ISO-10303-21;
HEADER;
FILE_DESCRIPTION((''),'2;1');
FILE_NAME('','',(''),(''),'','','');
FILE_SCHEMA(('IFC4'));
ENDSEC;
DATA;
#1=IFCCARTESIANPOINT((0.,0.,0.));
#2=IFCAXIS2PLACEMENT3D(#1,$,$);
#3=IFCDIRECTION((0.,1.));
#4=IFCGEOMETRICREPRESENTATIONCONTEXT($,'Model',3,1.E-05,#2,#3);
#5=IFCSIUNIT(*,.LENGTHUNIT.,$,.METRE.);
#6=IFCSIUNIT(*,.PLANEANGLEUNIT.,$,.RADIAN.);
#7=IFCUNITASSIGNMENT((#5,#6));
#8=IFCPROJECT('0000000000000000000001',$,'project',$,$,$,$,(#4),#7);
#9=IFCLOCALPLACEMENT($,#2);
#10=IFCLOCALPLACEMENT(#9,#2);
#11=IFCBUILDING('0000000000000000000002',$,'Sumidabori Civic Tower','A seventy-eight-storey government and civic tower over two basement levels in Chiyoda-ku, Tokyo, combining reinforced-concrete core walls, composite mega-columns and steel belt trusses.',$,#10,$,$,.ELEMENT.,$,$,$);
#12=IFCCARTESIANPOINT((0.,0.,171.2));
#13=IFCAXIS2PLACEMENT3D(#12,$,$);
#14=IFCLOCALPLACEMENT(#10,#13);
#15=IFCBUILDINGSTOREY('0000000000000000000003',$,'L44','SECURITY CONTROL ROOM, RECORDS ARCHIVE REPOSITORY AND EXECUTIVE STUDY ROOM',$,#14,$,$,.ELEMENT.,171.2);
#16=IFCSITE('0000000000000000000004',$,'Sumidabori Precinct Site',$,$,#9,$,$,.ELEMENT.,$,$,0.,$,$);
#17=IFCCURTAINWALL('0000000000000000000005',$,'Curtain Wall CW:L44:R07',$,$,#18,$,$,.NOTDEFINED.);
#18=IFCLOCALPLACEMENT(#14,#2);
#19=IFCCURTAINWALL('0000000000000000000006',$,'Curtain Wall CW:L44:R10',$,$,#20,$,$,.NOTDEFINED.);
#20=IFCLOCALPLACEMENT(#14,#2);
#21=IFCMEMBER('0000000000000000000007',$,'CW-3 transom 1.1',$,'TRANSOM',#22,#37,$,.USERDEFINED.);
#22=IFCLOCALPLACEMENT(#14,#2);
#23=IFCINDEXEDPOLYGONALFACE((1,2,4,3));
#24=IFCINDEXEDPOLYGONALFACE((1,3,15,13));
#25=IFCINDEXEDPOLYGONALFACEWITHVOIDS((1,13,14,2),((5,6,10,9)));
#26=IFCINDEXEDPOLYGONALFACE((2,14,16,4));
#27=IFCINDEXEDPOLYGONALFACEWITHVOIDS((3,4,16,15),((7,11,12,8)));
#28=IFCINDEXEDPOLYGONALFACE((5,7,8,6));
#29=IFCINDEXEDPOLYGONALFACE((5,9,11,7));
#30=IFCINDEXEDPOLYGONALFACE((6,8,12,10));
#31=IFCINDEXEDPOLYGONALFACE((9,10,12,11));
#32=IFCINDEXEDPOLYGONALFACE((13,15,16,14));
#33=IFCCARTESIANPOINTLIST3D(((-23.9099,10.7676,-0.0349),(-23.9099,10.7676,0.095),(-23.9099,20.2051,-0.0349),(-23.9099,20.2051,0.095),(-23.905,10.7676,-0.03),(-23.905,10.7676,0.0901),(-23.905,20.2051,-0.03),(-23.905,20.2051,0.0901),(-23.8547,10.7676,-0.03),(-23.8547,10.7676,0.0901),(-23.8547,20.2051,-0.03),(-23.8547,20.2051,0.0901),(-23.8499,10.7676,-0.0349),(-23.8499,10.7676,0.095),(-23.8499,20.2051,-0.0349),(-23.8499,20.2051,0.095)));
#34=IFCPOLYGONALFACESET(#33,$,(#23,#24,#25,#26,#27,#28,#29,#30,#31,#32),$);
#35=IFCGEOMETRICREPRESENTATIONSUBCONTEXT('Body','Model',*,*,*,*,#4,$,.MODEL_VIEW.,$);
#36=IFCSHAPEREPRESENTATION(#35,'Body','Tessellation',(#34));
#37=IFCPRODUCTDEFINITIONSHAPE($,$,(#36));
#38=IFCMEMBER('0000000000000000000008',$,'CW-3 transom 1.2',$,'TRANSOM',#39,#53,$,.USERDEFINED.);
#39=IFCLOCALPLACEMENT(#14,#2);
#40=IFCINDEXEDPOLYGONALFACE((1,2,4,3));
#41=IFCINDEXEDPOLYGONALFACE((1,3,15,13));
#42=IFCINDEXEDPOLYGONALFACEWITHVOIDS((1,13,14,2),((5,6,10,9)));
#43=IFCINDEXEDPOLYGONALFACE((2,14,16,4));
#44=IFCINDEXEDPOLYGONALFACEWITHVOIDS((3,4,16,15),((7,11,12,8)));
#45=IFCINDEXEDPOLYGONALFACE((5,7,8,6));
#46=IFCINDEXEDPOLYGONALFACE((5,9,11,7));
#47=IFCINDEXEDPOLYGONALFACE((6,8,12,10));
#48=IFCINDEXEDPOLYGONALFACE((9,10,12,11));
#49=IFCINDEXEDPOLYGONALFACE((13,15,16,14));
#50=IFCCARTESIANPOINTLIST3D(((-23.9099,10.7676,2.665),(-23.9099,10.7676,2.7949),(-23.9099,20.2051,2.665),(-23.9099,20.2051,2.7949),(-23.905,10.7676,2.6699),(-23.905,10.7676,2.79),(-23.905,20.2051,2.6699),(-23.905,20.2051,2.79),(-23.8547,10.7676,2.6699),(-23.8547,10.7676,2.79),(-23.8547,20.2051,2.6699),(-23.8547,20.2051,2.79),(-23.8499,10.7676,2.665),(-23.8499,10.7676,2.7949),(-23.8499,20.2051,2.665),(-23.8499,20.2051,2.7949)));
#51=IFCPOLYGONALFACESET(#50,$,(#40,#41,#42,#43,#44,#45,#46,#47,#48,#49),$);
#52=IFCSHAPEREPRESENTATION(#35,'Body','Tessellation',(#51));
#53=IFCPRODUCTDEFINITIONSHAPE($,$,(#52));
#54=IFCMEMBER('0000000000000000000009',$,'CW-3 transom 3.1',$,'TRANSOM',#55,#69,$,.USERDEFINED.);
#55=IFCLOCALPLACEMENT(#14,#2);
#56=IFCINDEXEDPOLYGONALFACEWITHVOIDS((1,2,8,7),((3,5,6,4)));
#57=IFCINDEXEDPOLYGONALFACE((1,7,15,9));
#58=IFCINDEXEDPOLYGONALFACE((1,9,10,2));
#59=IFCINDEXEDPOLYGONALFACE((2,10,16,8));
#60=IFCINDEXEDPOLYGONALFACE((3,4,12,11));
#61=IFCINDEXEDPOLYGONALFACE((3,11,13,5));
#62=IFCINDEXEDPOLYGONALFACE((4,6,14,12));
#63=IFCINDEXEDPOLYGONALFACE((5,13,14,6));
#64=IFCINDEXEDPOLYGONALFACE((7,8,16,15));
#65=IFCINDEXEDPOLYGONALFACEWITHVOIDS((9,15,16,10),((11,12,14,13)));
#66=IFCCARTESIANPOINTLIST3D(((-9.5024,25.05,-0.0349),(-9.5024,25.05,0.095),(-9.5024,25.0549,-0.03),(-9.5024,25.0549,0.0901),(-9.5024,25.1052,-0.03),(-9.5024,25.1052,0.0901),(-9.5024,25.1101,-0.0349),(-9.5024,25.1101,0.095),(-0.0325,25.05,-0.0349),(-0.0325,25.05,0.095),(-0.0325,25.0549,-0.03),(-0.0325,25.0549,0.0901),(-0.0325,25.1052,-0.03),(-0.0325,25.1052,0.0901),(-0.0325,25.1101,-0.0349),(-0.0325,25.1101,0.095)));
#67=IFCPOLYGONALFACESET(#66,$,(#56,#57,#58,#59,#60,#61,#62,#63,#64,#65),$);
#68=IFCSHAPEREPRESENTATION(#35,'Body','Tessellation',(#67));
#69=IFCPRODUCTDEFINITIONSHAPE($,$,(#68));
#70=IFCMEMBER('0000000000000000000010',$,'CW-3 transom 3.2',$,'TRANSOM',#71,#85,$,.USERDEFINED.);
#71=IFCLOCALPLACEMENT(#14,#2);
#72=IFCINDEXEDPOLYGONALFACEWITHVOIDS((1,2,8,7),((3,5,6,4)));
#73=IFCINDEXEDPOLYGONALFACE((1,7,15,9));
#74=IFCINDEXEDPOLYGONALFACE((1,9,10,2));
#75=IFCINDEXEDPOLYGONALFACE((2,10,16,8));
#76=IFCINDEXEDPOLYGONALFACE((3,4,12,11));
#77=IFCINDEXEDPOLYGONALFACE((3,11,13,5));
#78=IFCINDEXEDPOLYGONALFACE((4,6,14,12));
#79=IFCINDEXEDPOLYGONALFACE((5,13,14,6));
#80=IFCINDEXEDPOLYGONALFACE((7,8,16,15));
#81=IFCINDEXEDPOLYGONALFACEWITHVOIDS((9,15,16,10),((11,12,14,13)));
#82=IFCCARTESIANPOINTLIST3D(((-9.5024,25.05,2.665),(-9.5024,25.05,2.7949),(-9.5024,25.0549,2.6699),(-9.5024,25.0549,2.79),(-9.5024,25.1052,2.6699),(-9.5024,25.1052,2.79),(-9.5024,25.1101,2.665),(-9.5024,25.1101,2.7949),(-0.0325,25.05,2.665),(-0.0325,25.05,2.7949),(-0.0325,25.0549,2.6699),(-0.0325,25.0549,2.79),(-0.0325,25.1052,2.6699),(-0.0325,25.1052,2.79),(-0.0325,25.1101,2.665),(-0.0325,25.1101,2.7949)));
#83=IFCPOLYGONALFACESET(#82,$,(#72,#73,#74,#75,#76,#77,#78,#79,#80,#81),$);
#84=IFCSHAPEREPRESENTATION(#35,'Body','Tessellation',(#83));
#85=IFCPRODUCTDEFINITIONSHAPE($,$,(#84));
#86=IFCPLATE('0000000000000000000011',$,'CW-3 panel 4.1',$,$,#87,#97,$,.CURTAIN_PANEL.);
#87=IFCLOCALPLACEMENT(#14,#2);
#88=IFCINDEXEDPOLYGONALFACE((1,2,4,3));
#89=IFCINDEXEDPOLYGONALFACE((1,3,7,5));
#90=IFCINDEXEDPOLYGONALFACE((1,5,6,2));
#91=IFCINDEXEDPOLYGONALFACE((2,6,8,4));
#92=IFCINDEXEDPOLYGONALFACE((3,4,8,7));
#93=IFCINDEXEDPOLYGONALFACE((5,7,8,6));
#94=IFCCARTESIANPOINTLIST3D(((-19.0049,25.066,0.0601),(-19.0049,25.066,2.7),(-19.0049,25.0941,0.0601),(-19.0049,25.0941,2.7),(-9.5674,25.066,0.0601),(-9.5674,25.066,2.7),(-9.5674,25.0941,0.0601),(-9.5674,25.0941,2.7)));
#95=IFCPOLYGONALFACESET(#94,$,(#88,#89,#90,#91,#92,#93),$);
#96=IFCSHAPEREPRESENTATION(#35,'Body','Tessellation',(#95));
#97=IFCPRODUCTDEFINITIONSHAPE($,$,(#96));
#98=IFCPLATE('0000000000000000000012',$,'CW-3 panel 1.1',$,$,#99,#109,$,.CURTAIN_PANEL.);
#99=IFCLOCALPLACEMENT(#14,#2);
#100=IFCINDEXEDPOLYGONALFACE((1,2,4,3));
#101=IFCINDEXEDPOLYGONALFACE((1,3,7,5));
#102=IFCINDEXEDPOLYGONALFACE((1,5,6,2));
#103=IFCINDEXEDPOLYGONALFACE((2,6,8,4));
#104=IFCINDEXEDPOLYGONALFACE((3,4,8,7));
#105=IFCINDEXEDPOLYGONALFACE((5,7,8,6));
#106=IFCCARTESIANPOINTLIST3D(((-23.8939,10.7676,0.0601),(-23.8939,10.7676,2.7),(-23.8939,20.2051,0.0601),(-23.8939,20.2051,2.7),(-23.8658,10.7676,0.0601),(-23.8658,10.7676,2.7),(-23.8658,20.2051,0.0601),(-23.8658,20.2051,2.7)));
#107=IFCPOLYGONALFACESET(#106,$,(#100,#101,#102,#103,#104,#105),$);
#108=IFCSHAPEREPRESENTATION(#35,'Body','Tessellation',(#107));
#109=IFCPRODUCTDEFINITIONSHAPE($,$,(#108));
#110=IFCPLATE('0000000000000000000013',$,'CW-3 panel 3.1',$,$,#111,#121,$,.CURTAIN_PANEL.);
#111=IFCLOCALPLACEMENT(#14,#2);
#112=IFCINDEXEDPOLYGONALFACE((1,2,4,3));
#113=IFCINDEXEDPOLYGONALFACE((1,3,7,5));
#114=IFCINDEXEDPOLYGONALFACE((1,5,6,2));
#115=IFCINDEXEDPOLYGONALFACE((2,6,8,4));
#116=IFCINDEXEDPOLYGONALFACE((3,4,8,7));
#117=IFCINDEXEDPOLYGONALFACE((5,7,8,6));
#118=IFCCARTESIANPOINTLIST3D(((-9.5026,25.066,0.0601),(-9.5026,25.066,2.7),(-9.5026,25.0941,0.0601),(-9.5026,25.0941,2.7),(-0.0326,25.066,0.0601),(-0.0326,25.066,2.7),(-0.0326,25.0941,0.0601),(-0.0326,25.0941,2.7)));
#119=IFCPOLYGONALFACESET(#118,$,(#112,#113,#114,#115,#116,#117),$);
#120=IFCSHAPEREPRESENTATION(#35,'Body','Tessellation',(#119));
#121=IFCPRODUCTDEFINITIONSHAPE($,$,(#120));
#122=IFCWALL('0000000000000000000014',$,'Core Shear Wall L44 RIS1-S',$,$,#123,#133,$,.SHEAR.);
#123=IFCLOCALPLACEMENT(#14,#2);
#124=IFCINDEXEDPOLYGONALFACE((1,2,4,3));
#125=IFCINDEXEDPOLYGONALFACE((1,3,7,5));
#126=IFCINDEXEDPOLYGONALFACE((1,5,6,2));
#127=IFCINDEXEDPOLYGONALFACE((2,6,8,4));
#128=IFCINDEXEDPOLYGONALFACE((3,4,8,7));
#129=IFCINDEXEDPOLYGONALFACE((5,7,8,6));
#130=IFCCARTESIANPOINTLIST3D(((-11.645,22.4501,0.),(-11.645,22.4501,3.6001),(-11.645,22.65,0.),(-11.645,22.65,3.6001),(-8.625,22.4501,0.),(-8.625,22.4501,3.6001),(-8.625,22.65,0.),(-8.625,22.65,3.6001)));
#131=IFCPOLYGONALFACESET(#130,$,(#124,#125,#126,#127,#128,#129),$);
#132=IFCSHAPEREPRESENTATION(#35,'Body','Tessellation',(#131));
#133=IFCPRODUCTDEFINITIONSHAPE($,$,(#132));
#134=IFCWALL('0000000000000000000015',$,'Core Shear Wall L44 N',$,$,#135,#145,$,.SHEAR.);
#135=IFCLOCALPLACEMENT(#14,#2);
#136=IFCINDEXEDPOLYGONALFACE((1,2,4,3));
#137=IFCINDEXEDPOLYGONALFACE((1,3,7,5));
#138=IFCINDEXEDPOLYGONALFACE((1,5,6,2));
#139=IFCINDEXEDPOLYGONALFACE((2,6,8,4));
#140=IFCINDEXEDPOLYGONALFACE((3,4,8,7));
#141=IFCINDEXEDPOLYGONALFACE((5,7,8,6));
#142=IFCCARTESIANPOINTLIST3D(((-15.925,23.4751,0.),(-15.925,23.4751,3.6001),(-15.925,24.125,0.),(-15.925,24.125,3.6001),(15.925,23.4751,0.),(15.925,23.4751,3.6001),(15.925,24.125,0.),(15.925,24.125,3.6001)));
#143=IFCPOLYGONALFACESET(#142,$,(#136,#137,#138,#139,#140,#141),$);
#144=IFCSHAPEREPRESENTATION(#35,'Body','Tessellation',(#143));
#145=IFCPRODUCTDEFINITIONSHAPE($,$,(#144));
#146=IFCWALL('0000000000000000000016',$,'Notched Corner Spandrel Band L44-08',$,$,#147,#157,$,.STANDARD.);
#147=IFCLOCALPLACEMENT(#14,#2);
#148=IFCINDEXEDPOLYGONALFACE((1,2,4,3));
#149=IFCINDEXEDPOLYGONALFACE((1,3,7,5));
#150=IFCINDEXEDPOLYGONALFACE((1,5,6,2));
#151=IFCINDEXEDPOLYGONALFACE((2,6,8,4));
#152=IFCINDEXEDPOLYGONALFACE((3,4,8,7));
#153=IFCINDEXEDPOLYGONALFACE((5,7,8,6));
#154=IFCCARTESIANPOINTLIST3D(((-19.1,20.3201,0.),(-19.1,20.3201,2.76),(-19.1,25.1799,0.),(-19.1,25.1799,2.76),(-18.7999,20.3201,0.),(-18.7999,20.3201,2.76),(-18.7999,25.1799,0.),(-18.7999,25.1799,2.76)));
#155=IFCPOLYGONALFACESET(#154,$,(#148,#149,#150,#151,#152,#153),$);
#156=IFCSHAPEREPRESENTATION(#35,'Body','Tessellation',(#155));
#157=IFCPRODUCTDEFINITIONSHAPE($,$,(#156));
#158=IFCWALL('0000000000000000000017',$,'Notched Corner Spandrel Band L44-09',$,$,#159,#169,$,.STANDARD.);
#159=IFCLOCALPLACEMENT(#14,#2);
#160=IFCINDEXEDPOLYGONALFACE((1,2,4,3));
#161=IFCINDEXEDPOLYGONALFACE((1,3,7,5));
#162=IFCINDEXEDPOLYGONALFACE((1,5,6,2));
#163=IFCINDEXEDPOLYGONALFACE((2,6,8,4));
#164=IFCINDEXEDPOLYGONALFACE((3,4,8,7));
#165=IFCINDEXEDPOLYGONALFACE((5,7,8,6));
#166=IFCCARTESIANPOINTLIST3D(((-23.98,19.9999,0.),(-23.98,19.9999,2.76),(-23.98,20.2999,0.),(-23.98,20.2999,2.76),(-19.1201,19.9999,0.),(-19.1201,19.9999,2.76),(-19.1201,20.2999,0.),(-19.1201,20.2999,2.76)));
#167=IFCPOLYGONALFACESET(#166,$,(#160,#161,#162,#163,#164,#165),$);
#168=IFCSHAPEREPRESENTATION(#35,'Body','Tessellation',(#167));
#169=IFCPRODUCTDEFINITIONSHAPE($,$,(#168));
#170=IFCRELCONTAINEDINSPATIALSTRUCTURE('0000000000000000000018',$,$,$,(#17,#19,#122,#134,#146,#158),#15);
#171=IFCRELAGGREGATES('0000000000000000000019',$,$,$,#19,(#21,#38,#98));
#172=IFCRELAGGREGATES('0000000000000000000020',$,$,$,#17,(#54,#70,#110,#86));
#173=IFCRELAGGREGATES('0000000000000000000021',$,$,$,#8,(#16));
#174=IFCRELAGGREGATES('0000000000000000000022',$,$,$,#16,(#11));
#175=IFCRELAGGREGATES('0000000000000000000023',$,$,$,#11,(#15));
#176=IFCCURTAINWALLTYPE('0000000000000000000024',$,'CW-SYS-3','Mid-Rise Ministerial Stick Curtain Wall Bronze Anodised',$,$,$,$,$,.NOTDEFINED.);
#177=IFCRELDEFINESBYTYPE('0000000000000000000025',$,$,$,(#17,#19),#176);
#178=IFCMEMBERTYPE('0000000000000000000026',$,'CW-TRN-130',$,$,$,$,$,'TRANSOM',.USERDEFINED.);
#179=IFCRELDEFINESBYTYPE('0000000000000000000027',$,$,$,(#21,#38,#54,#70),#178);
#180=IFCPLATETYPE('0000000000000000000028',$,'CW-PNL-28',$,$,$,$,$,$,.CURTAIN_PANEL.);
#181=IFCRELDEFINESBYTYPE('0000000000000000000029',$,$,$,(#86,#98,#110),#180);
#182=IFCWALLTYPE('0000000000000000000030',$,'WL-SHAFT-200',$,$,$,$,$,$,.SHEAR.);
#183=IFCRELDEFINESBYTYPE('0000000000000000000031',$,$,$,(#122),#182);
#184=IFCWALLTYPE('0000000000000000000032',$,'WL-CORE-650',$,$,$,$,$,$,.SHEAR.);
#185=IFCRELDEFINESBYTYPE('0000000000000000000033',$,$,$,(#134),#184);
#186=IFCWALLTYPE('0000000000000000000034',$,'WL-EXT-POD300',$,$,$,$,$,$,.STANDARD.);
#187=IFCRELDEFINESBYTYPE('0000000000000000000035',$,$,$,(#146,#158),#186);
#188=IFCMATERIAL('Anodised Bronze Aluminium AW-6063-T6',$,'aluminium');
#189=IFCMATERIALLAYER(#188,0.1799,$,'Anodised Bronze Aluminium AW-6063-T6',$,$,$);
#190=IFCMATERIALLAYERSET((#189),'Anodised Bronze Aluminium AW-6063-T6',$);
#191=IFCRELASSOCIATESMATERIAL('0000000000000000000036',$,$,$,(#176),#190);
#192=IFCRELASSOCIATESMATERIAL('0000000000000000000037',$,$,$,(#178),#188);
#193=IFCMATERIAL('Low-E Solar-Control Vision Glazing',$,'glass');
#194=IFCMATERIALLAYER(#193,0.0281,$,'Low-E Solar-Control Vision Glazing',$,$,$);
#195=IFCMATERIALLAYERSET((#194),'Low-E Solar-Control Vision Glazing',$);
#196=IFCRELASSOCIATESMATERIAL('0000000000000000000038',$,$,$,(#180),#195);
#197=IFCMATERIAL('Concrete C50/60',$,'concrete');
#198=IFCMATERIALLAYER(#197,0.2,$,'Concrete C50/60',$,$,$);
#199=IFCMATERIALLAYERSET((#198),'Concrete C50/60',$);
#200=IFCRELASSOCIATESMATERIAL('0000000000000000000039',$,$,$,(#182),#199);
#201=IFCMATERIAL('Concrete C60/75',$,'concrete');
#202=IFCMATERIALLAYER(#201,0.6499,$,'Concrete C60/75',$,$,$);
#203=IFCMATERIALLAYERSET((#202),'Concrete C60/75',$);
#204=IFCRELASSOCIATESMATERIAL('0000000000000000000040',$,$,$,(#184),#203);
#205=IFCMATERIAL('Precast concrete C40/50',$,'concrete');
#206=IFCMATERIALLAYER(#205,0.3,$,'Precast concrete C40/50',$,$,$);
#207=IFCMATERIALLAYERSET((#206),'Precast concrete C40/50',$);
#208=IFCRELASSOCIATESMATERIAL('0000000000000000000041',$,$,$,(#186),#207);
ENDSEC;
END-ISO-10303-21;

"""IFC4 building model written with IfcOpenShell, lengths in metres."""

from ifc_helpers import new_model, si_unit, direction, frame, frame_2d, origin, origin_2d, place, context, subcontext, project, spatial, rectangle, hollow_rectangle, extrude, source, transform, mapped, material, layer, layer_set, material_profile, profile_set, type_object, element, aggregate, save


model = new_model("IFC4")

# Units and contexts
model_context = context("Model", 3, precision=1e-05, world=origin(), true_north=direction((0.0, 1.0)))
body_context = subcontext(model_context, "Body", "Model", "MODEL_VIEW")
ifc_project = project(units=[si_unit("LENGTHUNIT", "METRE"), si_unit("PLANEANGLEUNIT", "RADIAN")], contexts=[model_context])

# Site, building, storey
site_placement = place(None, origin())
site = spatial("IfcSite", under=ifc_project, at=site_placement, Name="Sumidabori Precinct Site", CompositionType="ELEMENT", RefElevation=0.0)
building_placement = place(site_placement, origin())
building = spatial("IfcBuilding", under=site, at=building_placement, Name="Sumidabori Civic Tower", Description="A seventy-eight-storey government and civic tower over two basement levels in Chiyoda-ku, Tokyo, combining reinforced-concrete core walls, composite mega-columns and steel belt trusses.", CompositionType="ELEMENT")
storey_placement = place(building_placement, frame((0.0, 0.0, 171.2)))
storey = spatial("IfcBuildingStorey", under=building, at=storey_placement, Name="L44", Description="SECURITY CONTROL ROOM, RECORDS ARCHIVE REPOSITORY AND EXECUTIVE STUDY ROOM", CompositionType="ELEMENT", Elevation=171.2)

# Shared definitions
ifc_material_1 = material(Name="Concrete C60/75", Category="concrete")

# Curtain wall
ifc_material_2 = material(Name="Anodised Bronze Aluminium AW-6063-T6", Category="aluminium")
ifc_layer_1 = layer(ifc_material_2, 0.1799, Name="Anodised Bronze Aluminium AW-6063-T6")
ifc_layer_set_1 = layer_set([ifc_layer_1], Name="Anodised Bronze Aluminium AW-6063-T6")
curtain_wall_type = type_object("IfcCurtainWallType", Name="CW-SYS-3", Description="Mid-Rise Ministerial Stick Curtain Wall Bronze Anodised", PredefinedType="NOTDEFINED", material=ifc_layer_set_1)
curtain_wall_1_placement = place(storey_placement, origin())
curtain_wall_1 = element("IfcCurtainWall", 1, at=curtain_wall_1_placement, inside=storey, type_object=curtain_wall_type, Name="Curtain Wall CW:L44:R07", PredefinedType="NOTDEFINED")

# Curtain wall
curtain_wall_2_placement = place(storey_placement, origin())
curtain_wall_2 = element("IfcCurtainWall", 2, at=curtain_wall_2_placement, inside=storey, type_object=curtain_wall_type, Name="Curtain Wall CW:L44:R10", PredefinedType="NOTDEFINED")

# Members
ifc_material_profile_1 = material_profile(ifc_material_2, hollow_rectangle(XDim=0.0601, YDim=0.1299, WallThickness=0.0049, at=origin_2d()), Name="ALU TRANSOM 130x60")
ifc_profile_set_1 = profile_set([ifc_material_profile_1], Name="Anodised Bronze Aluminium AW-6063-T6")
member_type_1 = type_object("IfcMemberType", Name="CW-TRN-130", ElementType="TRANSOM", PredefinedType="USERDEFINED", material=ifc_profile_set_1)
shared_shape_1 = source(origin(), body_context, "Body", "SweptSolid", [
    extrude(hollow_rectangle(XDim=0.0601, YDim=0.1299, WallThickness=0.0049, at=origin_2d()), origin(), (0.0, 0.0, 1.0), 9.4375),
])
member_1_placement = place(storey_placement, frame((-23.8799, 20.2051, 0.03), z_axis=(0.0, -1.0, 0.0), x_axis=(1.0, 0.0, 0.0)))
member_1 = element("IfcMember", 3, at=member_1_placement, type_object=member_type_1, Name="CW-3 transom 1.1", ObjectType="TRANSOM", PredefinedType="USERDEFINED", context=body_context, shape_type="MappedRepresentation", body=[
    mapped(shared_shape_1, transform((0.0, 0.0, 0.0), x_axis=(1.0, 0.0, 0.0), y_axis=(0.0, 1.0, 0.0), z_axis=(0.0, 0.0, 1.0), scale=1.0)),
])
member_2_placement = place(storey_placement, frame((-23.8799, 20.2051, 2.73), z_axis=(0.0, -1.0, 0.0), x_axis=(1.0, 0.0, 0.0)))
member_2 = element("IfcMember", 4, at=member_2_placement, type_object=member_type_1, Name="CW-3 transom 1.2", ObjectType="TRANSOM", PredefinedType="USERDEFINED", context=body_context, shape_type="MappedRepresentation", body=[
    mapped(shared_shape_1, transform((0.0, 0.0, 0.0), x_axis=(1.0, 0.0, 0.0), y_axis=(0.0, 1.0, 0.0), z_axis=(0.0, 0.0, 1.0), scale=1.0)),
])
shared_shape_2 = source(origin(), body_context, "Body", "SweptSolid", [
    extrude(hollow_rectangle(XDim=0.0601, YDim=0.1299, WallThickness=0.0049, at=origin_2d()), origin(), (0.0, 0.0, 1.0), 9.47),
])
member_3_placement = place(storey_placement, frame((-0.0325, 25.0801, 0.03), z_axis=(-1.0, 0.0, 0.0), x_axis=(0.0, -1.0, 0.0)))
member_3 = element("IfcMember", 5, at=member_3_placement, type_object=member_type_1, Name="CW-3 transom 3.1", ObjectType="TRANSOM", PredefinedType="USERDEFINED", context=body_context, shape_type="MappedRepresentation", body=[
    mapped(shared_shape_2, transform((0.0, 0.0, 0.0), x_axis=(1.0, 0.0, 0.0), y_axis=(0.0, 1.0, 0.0), z_axis=(0.0, 0.0, 1.0), scale=1.0)),
])
member_4_placement = place(storey_placement, frame((-0.0325, 25.0801, 2.73), z_axis=(-1.0, 0.0, 0.0), x_axis=(0.0, -1.0, 0.0)))
member_4 = element("IfcMember", 6, at=member_4_placement, type_object=member_type_1, Name="CW-3 transom 3.2", ObjectType="TRANSOM", PredefinedType="USERDEFINED", context=body_context, shape_type="MappedRepresentation", body=[
    mapped(shared_shape_2, transform((0.0, 0.0, 0.0), x_axis=(1.0, 0.0, 0.0), y_axis=(0.0, 1.0, 0.0), z_axis=(0.0, 0.0, 1.0), scale=1.0)),
])

# Plates
ifc_material_3 = material(Name="Low-E Solar-Control Vision Glazing", Category="glass")
ifc_layer_2 = layer(ifc_material_3, 0.0281, Name="Low-E Solar-Control Vision Glazing")
ifc_layer_set_2 = layer_set([ifc_layer_2], Name="Low-E Solar-Control Vision Glazing")
plate_type = type_object("IfcPlateType", Name="CW-PNL-28", PredefinedType="CURTAIN_PANEL", material=ifc_layer_set_2)
shared_shape_3 = source(origin(), body_context, "Body", "SweptSolid", [
    extrude(rectangle(XDim=9.4375, YDim=0.0281, at=origin_2d()), origin(), (0.0, 0.0, 1.0), 2.6399),
])
plate_1_placement = place(storey_placement, frame((-14.2861, 25.0801, 0.0601), z_axis=(0.0, 0.0, 1.0), x_axis=(-1.0, 0.0, 0.0)))
plate_1 = element("IfcPlate", 7, at=plate_1_placement, type_object=plate_type, Name="CW-3 panel 4.1", PredefinedType="CURTAIN_PANEL", context=body_context, shape_type="MappedRepresentation", body=[
    mapped(shared_shape_3, transform((0.0, 0.0, 0.0), x_axis=(1.0, 0.0, 0.0), y_axis=(0.0, 1.0, 0.0), z_axis=(0.0, 0.0, 1.0), scale=1.0)),
])
plate_2_placement = place(storey_placement, frame((-23.8799, 15.4863, 0.0601), z_axis=(0.0, 0.0, 1.0), x_axis=(0.0, -1.0, 0.0)))
plate_2 = element("IfcPlate", 8, at=plate_2_placement, type_object=plate_type, Name="CW-3 panel 1.1", PredefinedType="CURTAIN_PANEL", context=body_context, shape_type="MappedRepresentation", body=[
    mapped(shared_shape_3, transform((0.0, 0.0, 0.0), x_axis=(1.0, 0.0, 0.0), y_axis=(0.0, 1.0, 0.0), z_axis=(0.0, 0.0, 1.0), scale=1.0)),
])
aggregate(curtain_wall_2, [member_1, member_2, plate_2])
shared_shape_4 = source(origin(), body_context, "Body", "SweptSolid", [
    extrude(rectangle(XDim=9.47, YDim=0.0281, at=origin_2d()), origin(), (0.0, 0.0, 1.0), 2.6399),
])
plate_3_placement = place(storey_placement, frame((-4.7676, 25.0801, 0.0601), z_axis=(0.0, 0.0, 1.0), x_axis=(-1.0, 0.0, 0.0)))
plate_3 = element("IfcPlate", 9, at=plate_3_placement, type_object=plate_type, Name="CW-3 panel 3.1", PredefinedType="CURTAIN_PANEL", context=body_context, shape_type="MappedRepresentation", body=[
    mapped(shared_shape_4, transform((0.0, 0.0, 0.0), x_axis=(1.0, 0.0, 0.0), y_axis=(0.0, 1.0, 0.0), z_axis=(0.0, 0.0, 1.0), scale=1.0)),
])
aggregate(curtain_wall_1, [member_3, member_4, plate_3, plate_1])

# Walls
ifc_material_4 = material(Name="Concrete C50/60", Category="concrete")
ifc_layer_3 = layer(ifc_material_4, 0.2, Name="Concrete C50/60")
ifc_layer_set_3 = layer_set([ifc_layer_3], Name="Concrete C50/60")
wall_type_1 = type_object("IfcWallType", Name="WL-SHAFT-200", PredefinedType="SHEAR", material=ifc_layer_set_3)
shared_shape_5 = source(origin(), body_context, "Body", "SweptSolid", [
    extrude(rectangle(XDim=3.02, YDim=0.2, at=frame_2d((1.51, 0.0))), origin(), (0.0, 0.0, 1.0), 3.6001),
])
wall_1_placement = place(storey_placement, frame((-11.645, 22.55, 0.0), z_axis=(0.0, 0.0, 1.0), x_axis=(1.0, 0.0, 0.0)))
element("IfcWall", 10, at=wall_1_placement, inside=storey, type_object=wall_type_1, Name="Core Shear Wall L44 RIS1-S", PredefinedType="SHEAR", context=body_context, shape_type="MappedRepresentation", body=[
    mapped(shared_shape_5, transform((0.0, 0.0, 0.0), x_axis=(1.0, 0.0, 0.0), y_axis=(0.0, 1.0, 0.0), z_axis=(0.0, 0.0, 1.0), scale=1.0)),
])
ifc_layer_4 = layer(ifc_material_1, 0.6499, Name="Concrete C60/75")
ifc_layer_set_4 = layer_set([ifc_layer_4], Name="Concrete C60/75")
wall_type_2 = type_object("IfcWallType", Name="WL-CORE-650", PredefinedType="SHEAR", material=ifc_layer_set_4)
shared_shape_6 = source(origin(), body_context, "Body", "SweptSolid", [
    extrude(rectangle(XDim=31.8501, YDim=0.6499, at=frame_2d((15.925, 0.0))), origin(), (0.0, 0.0, 1.0), 3.6001),
])
wall_2_placement = place(storey_placement, frame((-15.925, 23.8, 0.0), z_axis=(0.0, 0.0, 1.0), x_axis=(1.0, 0.0, 0.0)))
element("IfcWall", 11, at=wall_2_placement, inside=storey, type_object=wall_type_2, Name="Core Shear Wall L44 N", PredefinedType="SHEAR", context=body_context, shape_type="MappedRepresentation", body=[
    mapped(shared_shape_6, transform((0.0, 0.0, 0.0), x_axis=(1.0, 0.0, 0.0), y_axis=(0.0, 1.0, 0.0), z_axis=(0.0, 0.0, 1.0), scale=1.0)),
])
ifc_material_5 = material(Name="Precast concrete C40/50", Category="concrete")
ifc_layer_5 = layer(ifc_material_5, 0.3, Name="Precast concrete C40/50")
ifc_layer_set_5 = layer_set([ifc_layer_5], Name="Precast concrete C40/50")
wall_type_3 = type_object("IfcWallType", Name="WL-EXT-POD300", PredefinedType="STANDARD", material=ifc_layer_set_5)
shared_shape_7 = source(origin(), body_context, "Body", "SweptSolid", [
    extrude(rectangle(XDim=4.8599, YDim=0.3, at=frame_2d((2.4299, 0.0))), origin(), (0.0, 0.0, 1.0), 2.76),
])
for number, where, z_axis, x_axis, name in (
    (12, (-18.95, 25.1799, 0.0), (0.0, 0.0, 1.0), (0.0, -1.0, 0.0), "Notched Corner Spandrel Band L44-08"),
    (13, (-19.1201, 20.1499, 0.0), (0.0, 0.0, 1.0), (-1.0, 0.0, 0.0), "Notched Corner Spandrel Band L44-09"),
):
    element("IfcWall", number, at=place(storey_placement, frame(where, z_axis=z_axis, x_axis=x_axis)), inside=storey, type_object=wall_type_3, Name=name, PredefinedType="STANDARD", context=body_context, shape_type="MappedRepresentation", body=[
        mapped(shared_shape_7, transform((0.0, 0.0, 0.0), x_axis=(1.0, 0.0, 0.0), y_axis=(0.0, 1.0, 0.0), z_axis=(0.0, 0.0, 1.0), scale=1.0)),
    ])

save(model, "model.ifc")
